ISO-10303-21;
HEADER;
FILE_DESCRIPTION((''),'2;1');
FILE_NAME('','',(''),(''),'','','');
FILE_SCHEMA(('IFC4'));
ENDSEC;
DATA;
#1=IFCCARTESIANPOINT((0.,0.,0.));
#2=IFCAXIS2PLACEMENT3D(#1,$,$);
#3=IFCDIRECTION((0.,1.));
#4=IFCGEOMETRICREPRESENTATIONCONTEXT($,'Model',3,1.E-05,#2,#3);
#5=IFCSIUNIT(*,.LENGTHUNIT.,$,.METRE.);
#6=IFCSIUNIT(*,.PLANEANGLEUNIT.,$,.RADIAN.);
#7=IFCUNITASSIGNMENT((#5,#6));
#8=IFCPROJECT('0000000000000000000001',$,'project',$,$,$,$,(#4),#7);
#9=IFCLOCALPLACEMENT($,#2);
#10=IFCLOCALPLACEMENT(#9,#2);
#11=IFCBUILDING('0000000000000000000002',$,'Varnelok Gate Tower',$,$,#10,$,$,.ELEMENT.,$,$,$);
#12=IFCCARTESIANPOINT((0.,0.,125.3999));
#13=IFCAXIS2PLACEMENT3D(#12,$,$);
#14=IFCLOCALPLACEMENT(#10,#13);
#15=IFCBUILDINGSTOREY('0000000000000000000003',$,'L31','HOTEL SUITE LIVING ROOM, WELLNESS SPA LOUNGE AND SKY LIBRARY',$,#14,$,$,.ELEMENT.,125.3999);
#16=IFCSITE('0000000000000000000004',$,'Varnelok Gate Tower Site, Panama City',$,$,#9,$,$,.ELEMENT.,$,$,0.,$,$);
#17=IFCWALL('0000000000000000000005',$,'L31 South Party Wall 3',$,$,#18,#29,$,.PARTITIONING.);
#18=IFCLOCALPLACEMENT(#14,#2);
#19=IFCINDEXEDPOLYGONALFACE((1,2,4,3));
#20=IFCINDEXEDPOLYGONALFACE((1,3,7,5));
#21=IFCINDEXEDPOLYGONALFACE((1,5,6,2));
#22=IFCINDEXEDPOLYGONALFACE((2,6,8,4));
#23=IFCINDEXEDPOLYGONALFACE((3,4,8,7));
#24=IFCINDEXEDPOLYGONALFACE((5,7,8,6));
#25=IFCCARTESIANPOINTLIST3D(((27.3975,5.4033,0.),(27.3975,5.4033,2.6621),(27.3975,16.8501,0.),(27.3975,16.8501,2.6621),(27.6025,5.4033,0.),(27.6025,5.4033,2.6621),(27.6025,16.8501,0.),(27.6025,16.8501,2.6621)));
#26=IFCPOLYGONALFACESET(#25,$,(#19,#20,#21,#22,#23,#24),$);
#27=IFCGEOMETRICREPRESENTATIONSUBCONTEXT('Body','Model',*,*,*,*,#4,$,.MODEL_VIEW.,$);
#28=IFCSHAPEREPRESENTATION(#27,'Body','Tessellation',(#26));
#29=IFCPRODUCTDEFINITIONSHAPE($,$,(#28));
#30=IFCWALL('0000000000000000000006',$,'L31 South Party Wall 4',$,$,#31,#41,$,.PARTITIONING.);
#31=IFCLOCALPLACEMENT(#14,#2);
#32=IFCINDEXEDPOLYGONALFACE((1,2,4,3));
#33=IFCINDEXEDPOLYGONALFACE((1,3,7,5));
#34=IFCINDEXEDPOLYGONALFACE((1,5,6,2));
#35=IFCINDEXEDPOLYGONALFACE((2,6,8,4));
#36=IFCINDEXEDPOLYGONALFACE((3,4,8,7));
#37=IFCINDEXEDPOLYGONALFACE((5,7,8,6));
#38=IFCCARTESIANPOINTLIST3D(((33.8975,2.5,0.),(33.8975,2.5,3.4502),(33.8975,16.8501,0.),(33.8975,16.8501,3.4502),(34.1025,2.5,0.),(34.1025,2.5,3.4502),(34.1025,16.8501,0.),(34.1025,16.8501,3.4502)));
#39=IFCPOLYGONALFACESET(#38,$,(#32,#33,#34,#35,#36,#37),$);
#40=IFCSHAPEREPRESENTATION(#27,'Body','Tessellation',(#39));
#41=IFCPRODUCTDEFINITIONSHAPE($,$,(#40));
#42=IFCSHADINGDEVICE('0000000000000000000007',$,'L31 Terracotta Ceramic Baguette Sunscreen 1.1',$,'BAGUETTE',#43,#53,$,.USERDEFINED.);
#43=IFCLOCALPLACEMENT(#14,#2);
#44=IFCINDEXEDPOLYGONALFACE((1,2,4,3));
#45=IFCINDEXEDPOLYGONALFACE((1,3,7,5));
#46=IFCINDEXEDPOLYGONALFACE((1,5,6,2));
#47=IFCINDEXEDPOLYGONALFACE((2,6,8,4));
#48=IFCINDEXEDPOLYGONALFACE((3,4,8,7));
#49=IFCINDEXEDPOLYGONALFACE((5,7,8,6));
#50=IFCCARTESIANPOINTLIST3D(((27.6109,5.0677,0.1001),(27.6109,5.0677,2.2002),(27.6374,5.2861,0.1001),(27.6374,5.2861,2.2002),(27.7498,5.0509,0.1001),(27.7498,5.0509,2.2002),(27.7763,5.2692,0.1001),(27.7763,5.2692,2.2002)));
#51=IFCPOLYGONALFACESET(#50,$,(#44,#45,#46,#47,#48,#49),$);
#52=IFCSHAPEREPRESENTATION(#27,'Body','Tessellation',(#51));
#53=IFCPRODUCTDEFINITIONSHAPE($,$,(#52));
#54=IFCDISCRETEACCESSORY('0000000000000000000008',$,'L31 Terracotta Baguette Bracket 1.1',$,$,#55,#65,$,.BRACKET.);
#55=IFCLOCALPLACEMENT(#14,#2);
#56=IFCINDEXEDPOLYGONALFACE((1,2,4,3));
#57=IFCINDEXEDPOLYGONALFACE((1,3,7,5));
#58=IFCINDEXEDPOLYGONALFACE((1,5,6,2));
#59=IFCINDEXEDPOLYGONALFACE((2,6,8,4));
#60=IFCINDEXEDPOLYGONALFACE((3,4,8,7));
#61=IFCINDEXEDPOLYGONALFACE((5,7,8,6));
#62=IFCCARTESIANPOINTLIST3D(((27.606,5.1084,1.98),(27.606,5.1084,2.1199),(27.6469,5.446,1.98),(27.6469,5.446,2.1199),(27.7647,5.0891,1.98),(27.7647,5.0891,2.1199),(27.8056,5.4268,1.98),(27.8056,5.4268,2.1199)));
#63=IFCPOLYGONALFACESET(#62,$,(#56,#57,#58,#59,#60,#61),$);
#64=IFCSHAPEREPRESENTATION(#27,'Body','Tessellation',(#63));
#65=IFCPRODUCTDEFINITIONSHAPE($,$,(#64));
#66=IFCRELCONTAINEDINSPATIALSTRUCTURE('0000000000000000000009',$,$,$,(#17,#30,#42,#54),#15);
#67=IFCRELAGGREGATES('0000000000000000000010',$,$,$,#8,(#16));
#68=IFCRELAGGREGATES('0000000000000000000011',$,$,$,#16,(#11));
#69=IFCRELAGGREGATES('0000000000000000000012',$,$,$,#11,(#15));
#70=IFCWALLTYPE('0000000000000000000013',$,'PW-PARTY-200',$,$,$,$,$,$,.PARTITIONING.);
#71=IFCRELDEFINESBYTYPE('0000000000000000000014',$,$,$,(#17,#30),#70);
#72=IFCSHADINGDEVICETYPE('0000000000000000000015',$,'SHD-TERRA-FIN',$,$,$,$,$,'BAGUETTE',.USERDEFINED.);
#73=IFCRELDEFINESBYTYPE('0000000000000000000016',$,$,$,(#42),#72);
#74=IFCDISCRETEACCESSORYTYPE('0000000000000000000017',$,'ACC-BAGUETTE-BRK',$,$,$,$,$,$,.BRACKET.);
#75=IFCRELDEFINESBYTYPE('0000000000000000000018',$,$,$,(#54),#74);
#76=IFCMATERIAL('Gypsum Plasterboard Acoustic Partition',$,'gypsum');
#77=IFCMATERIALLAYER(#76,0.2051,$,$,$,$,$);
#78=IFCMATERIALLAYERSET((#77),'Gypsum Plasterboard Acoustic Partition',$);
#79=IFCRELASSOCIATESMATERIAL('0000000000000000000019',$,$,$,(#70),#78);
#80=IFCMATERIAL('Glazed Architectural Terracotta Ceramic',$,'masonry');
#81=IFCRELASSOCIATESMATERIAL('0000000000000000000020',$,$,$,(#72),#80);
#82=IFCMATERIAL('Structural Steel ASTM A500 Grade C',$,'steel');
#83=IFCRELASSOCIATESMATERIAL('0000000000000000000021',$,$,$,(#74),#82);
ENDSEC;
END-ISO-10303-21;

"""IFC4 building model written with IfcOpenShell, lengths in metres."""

from ifc_helpers import new_model, si_unit, direction, frame, frame_2d, origin, origin_2d, place, context, subcontext, project, spatial, rectangle, extrude, source, transform, mapped, material, layer, layer_set, type_object, element, save


model = new_model("IFC4")

# Units and contexts
model_context = context("Model", 3, precision=1e-05, world=origin(), true_north=direction((0.0, 1.0)))
body_context = subcontext(model_context, "Body", "Model", "MODEL_VIEW")
ifc_project = project(units=[si_unit("LENGTHUNIT", "METRE"), si_unit("PLANEANGLEUNIT", "RADIAN")], contexts=[model_context])

# Site, building, storey
site_placement = place(None, origin())
site = spatial("IfcSite", under=ifc_project, at=site_placement, Name="Varnelok Gate Tower Site, Panama City", CompositionType="ELEMENT", RefElevation=0.0)
building_placement = place(site_placement, origin())
building = spatial("IfcBuilding", under=site, at=building_placement, Name="Varnelok Gate Tower", CompositionType="ELEMENT")
storey_placement = place(building_placement, frame((0.0, 0.0, 125.3999)))
storey = spatial("IfcBuildingStorey", under=building, at=storey_placement, Name="L31", Description="HOTEL SUITE LIVING ROOM, WELLNESS SPA LOUNGE AND SKY LIBRARY", CompositionType="ELEMENT", Elevation=125.3999)

# Shared definitions
ifc_material_1 = material(Name="Gypsum Plasterboard Acoustic Partition", Category="gypsum")

# Walls
ifc_layer_1 = layer(ifc_material_1, 0.2051)
ifc_layer_set_1 = layer_set([ifc_layer_1], Name="Gypsum Plasterboard Acoustic Partition")
wall_type_1 = type_object("IfcWallType", Name="PW-PARTY-200", PredefinedType="PARTITIONING", material=ifc_layer_set_1)
wall_1_placement = place(storey_placement, frame((27.5, 5.4033, 0.0), z_axis=(0.0, 0.0, 1.0), x_axis=(0.0, 1.0, 0.0)))
element("IfcWall", 1, at=wall_1_placement, inside=storey, type_object=wall_type_1, Name="L31 South Party Wall 3", PredefinedType="PARTITIONING", context=body_context, shape_type="SweptSolid", body=[
    extrude(rectangle(XDim=11.4468, YDim=0.2051, at=frame_2d((5.7234, 0.0))), origin(), (0.0, 0.0, 1.0), 2.6621),
])
wall_2_placement = place(storey_placement, frame((34.0, 2.5, 0.0), z_axis=(0.0, 0.0, 1.0), x_axis=(0.0, 1.0, 0.0)))
element("IfcWall", 2, at=wall_2_placement, inside=storey, type_object=wall_type_1, Name="L31 South Party Wall 4", PredefinedType="PARTITIONING", context=body_context, shape_type="SweptSolid", body=[
    extrude(rectangle(XDim=14.3501, YDim=0.2051, at=frame_2d((7.175, 0.0))), origin(), (0.0, 0.0, 1.0), 3.4502),
])

# Shading device
ifc_material_2 = material(Name="Glazed Architectural Terracotta Ceramic", Category="masonry")
shading_device_type = type_object("IfcShadingDeviceType", Name="SHD-TERRA-FIN", ElementType="BAGUETTE", PredefinedType="USERDEFINED", material=ifc_material_2)
shared_shape_1 = source(origin(), body_context, "Body", "SweptSolid", [
    extrude(rectangle(XDim=0.1399, YDim=0.22, at=origin_2d()), origin(), (0.0, 0.0, 1.0), 2.1001),
])
shading_device_placement = place(storey_placement, frame((27.6936, 5.1685, 0.1001), z_axis=(0.0, 0.0, 1.0), x_axis=(0.992732, -0.120345, 0.0)))
element("IfcShadingDevice", 3, at=shading_device_placement, inside=storey, type_object=shading_device_type, Name="L31 Terracotta Ceramic Baguette Sunscreen 1.1", ObjectType="BAGUETTE", PredefinedType="USERDEFINED", context=body_context, shape_type="MappedRepresentation", body=[
    mapped(shared_shape_1, transform((0.0, 0.0, 0.0), scale=1.0)),
])

# Discrete accessory
ifc_material_3 = material(Name="Structural Steel ASTM A500 Grade C", Category="steel")
discrete_accessory_type = type_object("IfcDiscreteAccessoryType", Name="ACC-BAGUETTE-BRK", PredefinedType="BRACKET", material=ifc_material_3)
shared_shape_2 = source(origin(), body_context, "Body", "SweptSolid", [
    extrude(rectangle(XDim=0.1599, YDim=0.3401, at=origin_2d()), origin(), (0.0, 0.0, 1.0), 0.1399),
])
discrete_accessory_placement = place(storey_placement, frame((27.7058, 5.2676, 1.98), z_axis=(0.0, 0.0, 1.0), x_axis=(0.992732, -0.120345, 0.0)))
element("IfcDiscreteAccessory", 4, at=discrete_accessory_placement, inside=storey, type_object=discrete_accessory_type, Name="L31 Terracotta Baguette Bracket 1.1", PredefinedType="BRACKET", context=body_context, shape_type="MappedRepresentation", body=[
    mapped(shared_shape_2, transform((0.0, 0.0, 0.0), scale=1.0)),
])

save(model, "model.ifc")
